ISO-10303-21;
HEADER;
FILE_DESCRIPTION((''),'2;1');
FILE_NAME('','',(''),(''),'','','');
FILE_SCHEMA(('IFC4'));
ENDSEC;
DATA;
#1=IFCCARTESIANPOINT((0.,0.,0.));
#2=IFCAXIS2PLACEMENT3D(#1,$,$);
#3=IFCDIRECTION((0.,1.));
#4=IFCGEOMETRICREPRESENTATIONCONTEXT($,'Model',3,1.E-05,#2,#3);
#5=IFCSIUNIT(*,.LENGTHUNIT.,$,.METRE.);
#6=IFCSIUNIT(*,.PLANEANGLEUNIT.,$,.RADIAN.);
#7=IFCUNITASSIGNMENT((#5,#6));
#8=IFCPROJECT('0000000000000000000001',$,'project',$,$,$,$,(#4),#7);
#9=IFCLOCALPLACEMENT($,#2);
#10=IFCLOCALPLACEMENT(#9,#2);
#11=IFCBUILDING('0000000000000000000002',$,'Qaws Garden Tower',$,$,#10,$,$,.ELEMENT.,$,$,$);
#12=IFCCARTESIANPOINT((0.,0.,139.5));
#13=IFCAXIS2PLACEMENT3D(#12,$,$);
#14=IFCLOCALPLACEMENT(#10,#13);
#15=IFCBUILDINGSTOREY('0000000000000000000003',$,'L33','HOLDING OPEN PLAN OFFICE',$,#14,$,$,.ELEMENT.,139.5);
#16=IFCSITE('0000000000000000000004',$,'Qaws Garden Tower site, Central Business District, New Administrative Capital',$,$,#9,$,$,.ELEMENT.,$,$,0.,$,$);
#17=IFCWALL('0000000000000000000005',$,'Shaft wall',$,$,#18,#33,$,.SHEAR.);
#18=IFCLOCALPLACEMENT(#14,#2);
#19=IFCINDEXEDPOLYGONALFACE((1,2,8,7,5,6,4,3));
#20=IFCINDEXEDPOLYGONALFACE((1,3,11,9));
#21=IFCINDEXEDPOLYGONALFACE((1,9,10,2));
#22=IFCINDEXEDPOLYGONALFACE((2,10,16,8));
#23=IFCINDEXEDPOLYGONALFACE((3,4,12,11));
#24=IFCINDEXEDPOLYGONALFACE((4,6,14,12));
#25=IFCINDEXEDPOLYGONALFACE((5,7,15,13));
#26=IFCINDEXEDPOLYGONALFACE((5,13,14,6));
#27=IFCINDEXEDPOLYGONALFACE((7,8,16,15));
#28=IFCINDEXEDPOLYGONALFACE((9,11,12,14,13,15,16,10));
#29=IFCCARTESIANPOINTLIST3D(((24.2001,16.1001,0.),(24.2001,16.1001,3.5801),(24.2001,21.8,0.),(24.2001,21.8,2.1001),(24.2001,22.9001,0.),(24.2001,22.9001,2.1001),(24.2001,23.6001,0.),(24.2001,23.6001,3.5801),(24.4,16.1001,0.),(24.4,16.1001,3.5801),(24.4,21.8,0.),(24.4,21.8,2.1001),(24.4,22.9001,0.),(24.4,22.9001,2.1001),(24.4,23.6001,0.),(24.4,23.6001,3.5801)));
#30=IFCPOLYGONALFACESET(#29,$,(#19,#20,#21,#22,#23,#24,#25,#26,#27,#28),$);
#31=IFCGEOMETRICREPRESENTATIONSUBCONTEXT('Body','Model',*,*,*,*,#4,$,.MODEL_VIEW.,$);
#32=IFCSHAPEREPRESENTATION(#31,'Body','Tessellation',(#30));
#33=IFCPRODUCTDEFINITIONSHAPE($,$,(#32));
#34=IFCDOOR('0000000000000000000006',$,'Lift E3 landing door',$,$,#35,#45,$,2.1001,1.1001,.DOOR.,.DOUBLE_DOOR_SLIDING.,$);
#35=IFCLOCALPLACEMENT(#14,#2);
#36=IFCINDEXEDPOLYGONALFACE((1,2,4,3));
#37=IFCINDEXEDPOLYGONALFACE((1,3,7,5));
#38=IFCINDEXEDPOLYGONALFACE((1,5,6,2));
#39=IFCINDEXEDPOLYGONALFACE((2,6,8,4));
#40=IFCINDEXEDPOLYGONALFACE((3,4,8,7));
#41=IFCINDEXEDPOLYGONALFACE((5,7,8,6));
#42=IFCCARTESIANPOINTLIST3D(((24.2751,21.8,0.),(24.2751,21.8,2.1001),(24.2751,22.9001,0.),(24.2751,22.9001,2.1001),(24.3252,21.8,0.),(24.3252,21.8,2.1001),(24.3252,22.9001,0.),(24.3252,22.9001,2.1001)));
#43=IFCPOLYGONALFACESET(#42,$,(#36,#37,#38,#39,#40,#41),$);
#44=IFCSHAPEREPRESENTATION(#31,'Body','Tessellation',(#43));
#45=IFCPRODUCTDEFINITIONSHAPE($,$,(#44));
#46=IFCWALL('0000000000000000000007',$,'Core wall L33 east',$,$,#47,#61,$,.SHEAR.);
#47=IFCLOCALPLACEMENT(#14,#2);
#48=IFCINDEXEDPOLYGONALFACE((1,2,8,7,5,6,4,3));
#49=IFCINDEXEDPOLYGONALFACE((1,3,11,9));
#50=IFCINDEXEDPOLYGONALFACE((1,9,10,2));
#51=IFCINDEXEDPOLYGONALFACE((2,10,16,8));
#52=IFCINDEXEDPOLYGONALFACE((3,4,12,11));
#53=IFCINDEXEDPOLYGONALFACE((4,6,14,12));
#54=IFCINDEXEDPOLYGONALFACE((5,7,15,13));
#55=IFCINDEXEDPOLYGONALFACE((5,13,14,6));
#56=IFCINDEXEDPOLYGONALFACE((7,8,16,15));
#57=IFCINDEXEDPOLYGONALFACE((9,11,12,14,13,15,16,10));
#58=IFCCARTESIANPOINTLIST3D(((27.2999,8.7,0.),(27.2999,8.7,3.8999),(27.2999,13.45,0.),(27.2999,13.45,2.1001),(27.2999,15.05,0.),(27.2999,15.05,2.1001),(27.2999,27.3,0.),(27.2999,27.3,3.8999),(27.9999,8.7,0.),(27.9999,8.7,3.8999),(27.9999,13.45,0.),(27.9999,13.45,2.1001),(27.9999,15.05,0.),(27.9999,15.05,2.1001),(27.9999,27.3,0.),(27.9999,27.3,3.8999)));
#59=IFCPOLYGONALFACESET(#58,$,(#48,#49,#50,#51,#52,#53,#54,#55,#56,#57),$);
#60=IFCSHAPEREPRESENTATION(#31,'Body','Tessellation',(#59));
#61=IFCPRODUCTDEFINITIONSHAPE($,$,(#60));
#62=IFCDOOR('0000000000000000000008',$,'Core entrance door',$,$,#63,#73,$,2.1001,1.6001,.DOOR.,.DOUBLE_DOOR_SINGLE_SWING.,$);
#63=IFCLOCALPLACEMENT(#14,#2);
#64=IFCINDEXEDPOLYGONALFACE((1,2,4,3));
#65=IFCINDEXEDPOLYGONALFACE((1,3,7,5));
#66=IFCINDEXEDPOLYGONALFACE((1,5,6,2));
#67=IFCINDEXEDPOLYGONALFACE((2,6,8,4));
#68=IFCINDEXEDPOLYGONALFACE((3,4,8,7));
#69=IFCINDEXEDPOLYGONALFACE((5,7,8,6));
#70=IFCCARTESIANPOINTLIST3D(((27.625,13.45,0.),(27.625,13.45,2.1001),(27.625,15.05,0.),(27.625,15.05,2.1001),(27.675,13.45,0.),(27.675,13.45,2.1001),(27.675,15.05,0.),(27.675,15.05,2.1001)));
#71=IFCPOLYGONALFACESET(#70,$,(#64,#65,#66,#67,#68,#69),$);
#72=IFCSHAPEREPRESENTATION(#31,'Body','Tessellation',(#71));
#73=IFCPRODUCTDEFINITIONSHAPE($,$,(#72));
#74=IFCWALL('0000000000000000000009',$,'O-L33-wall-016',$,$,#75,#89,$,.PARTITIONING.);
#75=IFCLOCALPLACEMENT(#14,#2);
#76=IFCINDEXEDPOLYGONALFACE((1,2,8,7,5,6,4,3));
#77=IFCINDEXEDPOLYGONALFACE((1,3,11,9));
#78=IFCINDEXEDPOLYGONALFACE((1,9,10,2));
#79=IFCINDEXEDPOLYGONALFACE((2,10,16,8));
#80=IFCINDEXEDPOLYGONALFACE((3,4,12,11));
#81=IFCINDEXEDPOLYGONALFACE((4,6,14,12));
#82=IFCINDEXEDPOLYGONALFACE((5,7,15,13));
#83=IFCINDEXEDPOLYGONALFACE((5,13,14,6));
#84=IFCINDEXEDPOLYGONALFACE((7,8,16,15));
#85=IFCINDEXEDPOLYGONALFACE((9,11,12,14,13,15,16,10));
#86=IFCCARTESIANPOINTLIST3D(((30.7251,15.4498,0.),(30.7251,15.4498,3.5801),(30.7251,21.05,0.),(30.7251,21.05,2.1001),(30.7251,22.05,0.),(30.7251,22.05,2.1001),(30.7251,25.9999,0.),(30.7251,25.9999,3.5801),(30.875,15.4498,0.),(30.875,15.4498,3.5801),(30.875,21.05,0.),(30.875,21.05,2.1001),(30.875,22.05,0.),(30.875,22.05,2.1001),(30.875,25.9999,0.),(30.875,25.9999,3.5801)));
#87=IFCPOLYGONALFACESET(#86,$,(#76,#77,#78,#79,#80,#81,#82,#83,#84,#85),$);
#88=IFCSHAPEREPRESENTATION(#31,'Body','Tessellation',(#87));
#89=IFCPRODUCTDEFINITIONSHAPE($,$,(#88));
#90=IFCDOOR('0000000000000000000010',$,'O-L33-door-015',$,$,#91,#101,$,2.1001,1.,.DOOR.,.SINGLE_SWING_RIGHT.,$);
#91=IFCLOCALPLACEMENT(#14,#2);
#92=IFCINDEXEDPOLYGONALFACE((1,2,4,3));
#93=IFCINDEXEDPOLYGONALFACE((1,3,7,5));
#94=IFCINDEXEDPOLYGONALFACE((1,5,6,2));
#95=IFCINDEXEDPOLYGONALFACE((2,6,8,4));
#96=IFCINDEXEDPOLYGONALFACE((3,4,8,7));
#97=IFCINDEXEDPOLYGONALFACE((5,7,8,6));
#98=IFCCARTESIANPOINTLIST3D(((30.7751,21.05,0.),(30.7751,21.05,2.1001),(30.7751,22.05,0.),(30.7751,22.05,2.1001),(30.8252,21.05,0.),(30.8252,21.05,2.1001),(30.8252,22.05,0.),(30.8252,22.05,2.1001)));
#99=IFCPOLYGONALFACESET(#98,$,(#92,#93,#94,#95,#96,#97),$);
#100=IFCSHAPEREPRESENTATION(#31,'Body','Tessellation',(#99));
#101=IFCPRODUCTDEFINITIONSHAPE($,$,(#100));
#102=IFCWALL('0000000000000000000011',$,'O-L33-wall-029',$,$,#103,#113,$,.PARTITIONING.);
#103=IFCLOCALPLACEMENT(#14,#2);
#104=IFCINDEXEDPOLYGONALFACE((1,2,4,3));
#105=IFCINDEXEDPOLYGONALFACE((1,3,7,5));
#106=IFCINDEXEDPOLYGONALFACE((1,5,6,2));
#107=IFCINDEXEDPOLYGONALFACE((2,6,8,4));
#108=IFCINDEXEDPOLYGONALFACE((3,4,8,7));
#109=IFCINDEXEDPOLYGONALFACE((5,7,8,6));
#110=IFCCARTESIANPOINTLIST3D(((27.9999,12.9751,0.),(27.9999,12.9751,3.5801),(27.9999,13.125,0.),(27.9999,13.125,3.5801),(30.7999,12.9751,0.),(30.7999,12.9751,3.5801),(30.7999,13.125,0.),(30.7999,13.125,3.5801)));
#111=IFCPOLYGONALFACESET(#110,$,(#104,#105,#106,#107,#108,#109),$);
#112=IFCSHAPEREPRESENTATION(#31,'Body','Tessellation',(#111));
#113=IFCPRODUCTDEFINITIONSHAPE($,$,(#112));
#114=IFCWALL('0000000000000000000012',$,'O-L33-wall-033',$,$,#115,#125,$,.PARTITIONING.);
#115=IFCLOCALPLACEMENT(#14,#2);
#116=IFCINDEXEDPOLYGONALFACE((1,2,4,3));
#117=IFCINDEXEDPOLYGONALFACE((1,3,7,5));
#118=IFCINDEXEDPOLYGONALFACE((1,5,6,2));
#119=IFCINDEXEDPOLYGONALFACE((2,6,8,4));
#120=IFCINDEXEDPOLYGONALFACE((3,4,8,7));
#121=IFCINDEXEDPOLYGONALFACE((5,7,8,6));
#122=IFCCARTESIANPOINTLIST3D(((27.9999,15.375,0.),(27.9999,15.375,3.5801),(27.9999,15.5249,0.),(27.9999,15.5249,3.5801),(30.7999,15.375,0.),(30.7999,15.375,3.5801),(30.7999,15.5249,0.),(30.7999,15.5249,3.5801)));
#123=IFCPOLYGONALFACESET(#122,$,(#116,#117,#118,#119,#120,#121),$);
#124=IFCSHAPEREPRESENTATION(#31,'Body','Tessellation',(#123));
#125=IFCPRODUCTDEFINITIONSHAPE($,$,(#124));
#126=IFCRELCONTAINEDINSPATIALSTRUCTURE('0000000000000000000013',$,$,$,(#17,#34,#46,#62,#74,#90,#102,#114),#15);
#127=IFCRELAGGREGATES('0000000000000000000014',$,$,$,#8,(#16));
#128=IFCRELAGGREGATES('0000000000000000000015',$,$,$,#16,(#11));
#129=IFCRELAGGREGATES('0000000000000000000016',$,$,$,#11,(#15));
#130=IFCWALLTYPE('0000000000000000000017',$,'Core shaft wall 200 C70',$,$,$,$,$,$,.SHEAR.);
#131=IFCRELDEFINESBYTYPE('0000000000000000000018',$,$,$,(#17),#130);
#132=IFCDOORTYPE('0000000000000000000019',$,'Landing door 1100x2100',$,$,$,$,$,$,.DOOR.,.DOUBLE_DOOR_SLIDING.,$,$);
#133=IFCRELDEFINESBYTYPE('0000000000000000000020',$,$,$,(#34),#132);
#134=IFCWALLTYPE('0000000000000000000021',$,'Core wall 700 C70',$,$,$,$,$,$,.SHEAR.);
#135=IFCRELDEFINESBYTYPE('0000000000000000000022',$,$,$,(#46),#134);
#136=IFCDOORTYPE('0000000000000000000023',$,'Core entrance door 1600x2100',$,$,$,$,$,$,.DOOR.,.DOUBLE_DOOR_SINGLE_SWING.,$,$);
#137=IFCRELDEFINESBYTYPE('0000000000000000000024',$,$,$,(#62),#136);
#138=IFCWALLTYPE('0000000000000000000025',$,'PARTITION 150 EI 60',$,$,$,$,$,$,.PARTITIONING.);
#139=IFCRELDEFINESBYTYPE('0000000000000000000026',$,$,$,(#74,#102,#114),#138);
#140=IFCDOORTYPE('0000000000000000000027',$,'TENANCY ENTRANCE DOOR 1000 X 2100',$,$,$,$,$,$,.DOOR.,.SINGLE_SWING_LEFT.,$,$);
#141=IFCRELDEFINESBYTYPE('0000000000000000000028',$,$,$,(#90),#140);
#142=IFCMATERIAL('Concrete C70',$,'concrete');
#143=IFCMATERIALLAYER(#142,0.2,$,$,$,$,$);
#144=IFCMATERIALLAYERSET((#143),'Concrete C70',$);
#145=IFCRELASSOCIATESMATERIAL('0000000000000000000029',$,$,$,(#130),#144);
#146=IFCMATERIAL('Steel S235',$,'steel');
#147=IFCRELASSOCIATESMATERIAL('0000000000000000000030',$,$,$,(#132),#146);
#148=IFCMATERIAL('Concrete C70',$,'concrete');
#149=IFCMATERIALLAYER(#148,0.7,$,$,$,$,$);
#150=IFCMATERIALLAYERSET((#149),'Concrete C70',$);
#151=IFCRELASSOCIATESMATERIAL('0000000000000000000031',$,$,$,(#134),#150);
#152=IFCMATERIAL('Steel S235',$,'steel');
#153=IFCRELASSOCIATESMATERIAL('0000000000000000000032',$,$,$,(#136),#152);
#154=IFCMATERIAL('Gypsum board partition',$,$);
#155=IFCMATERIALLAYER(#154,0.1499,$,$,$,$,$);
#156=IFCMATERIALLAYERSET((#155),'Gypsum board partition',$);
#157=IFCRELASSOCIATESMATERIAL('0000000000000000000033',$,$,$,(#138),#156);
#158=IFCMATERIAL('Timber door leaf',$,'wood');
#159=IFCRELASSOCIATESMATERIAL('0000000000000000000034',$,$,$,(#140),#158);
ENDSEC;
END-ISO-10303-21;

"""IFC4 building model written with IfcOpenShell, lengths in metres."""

from ifc_helpers import new_model, si_unit, direction, frame, frame_2d, origin, place, context, subcontext, project, spatial, rectangle, extrude, material, layer, layer_set, type_object, element, fill, save


model = new_model("IFC4")

# Units and contexts
model_context = context("Model", 3, precision=1e-05, world=origin(), true_north=direction((0.0, 1.0)))
body_context = subcontext(model_context, "Body", "Model", "MODEL_VIEW")
ifc_project = project(units=[si_unit("LENGTHUNIT", "METRE"), si_unit("PLANEANGLEUNIT", "RADIAN")], contexts=[model_context])

# Site, building, storey
site_placement = place(None, origin())
site = spatial("IfcSite", under=ifc_project, at=site_placement, Name="Qaws Garden Tower site, Central Business District, New Administrative Capital", CompositionType="ELEMENT", RefElevation=0.0)
building_placement = place(site_placement, origin())
building = spatial("IfcBuilding", under=site, at=building_placement, Name="Qaws Garden Tower", CompositionType="ELEMENT")
storey_placement = place(building_placement, frame((0.0, 0.0, 139.5)))
storey = spatial("IfcBuildingStorey", under=building, at=storey_placement, Name="L33", Description="HOLDING OPEN PLAN OFFICE", CompositionType="ELEMENT", Elevation=139.5)

# Shared definitions
ifc_material_1 = material(Name="Concrete C70", Category="concrete")
ifc_layer_1 = layer(ifc_material_1, 0.2)
ifc_layer_set_1 = layer_set([ifc_layer_1], Name="Concrete C70")
wall_type_1 = type_object("IfcWallType", Name="Core shaft wall 200 C70", PredefinedType="SHEAR", material=ifc_layer_set_1)
ifc_material_2 = material(Name="Steel S235", Category="steel")
door_type_1 = type_object("IfcDoorType", Name="Landing door 1100x2100", OperationType="DOUBLE_DOOR_SLIDING", PredefinedType="DOOR", material=ifc_material_2)

# Walls, openings, doors
wall_1_placement = place(storey_placement, frame((24.3, 16.1001, 0.0), z_axis=(0.0, 0.0, 1.0), x_axis=(0.0, 1.0, 0.0)))
wall_1 = element("IfcWall", 1, at=wall_1_placement, inside=storey, type_object=wall_type_1, Name="Shaft wall", PredefinedType="SHEAR", context=body_context, shape_type="SweptSolid", body=[
    extrude(rectangle(XDim=7.5, YDim=0.2, at=frame_2d((3.75, 0.0))), origin(), (0.0, 0.0, 1.0), 3.5801),
])
opening_1_placement = place(wall_1_placement, frame((5.7, 0.0, 0.0)))
opening_1 = element("IfcOpeningElement", 2, at=opening_1_placement, cuts=wall_1, PredefinedType="OPENING", context=body_context, shape_type="SweptSolid", body=[
    extrude(rectangle(XDim=1.1001, YDim=2.1001, at=frame_2d((0.55, 1.05))), frame((0.0, 0.1099, 0.0), z_axis=(0.0, -1.0, 0.0), x_axis=(1.0, 0.0, 0.0)), (0.0, 0.0, 1.0), 0.22),
])
door_1_placement = place(opening_1_placement, origin())
door_1 = element("IfcDoor", 3, at=door_1_placement, inside=storey, type_object=door_type_1, Name="Lift E3 landing door", OperationType="DOUBLE_DOOR_SLIDING", OverallHeight=2.1001, OverallWidth=1.1001, PredefinedType="DOOR", context=body_context, shape_type="SweptSolid", body=[
    extrude(rectangle(XDim=1.1001, YDim=2.1001, at=frame_2d((0.55, 1.05))), frame((0.0, 0.0249, 0.0), z_axis=(0.0, -1.0, 0.0), x_axis=(1.0, 0.0, 0.0)), (0.0, 0.0, 1.0), 0.05),
])
fill(opening_1, door_1)
ifc_material_3 = material(Name="Concrete C70", Category="concrete")
ifc_layer_2 = layer(ifc_material_3, 0.7)
ifc_layer_set_2 = layer_set([ifc_layer_2], Name="Concrete C70")
wall_type_2 = type_object("IfcWallType", Name="Core wall 700 C70", PredefinedType="SHEAR", material=ifc_layer_set_2)
wall_2_placement = place(storey_placement, frame((27.6499, 8.7, 0.0), z_axis=(0.0, 0.0, 1.0), x_axis=(0.0, 1.0, 0.0)))
wall_2 = element("IfcWall", 4, at=wall_2_placement, inside=storey, type_object=wall_type_2, Name="Core wall L33 east", PredefinedType="SHEAR", context=body_context, shape_type="SweptSolid", body=[
    extrude(rectangle(XDim=18.6001, YDim=0.7, at=frame_2d((9.3, 0.0))), origin(), (0.0, 0.0, 1.0), 3.8999),
])
opening_2_placement = place(wall_2_placement, frame((4.75, 0.0, 0.0)))
opening_2 = element("IfcOpeningElement", 5, at=opening_2_placement, cuts=wall_2, PredefinedType="OPENING", context=body_context, shape_type="SweptSolid", body=[
    extrude(rectangle(XDim=1.6001, YDim=2.1001, at=frame_2d((0.8, 1.05))), frame((0.0, 0.3599, 0.0), z_axis=(0.0, -1.0, 0.0), x_axis=(1.0, 0.0, 0.0)), (0.0, 0.0, 1.0), 0.72),
])
ifc_material_4 = material(Name="Steel S235", Category="steel")
door_type_2 = type_object("IfcDoorType", Name="Core entrance door 1600x2100", OperationType="DOUBLE_DOOR_SINGLE_SWING", PredefinedType="DOOR", material=ifc_material_4)
door_2_placement = place(opening_2_placement, origin())
door_2 = element("IfcDoor", 6, at=door_2_placement, inside=storey, type_object=door_type_2, Name="Core entrance door", OperationType="DOUBLE_DOOR_SINGLE_SWING", OverallHeight=2.1001, OverallWidth=1.6001, PredefinedType="DOOR", context=body_context, shape_type="SweptSolid", body=[
    extrude(rectangle(XDim=1.6001, YDim=2.1001, at=frame_2d((0.8, 1.05))), frame((0.0, 0.0249, 0.0), z_axis=(0.0, -1.0, 0.0), x_axis=(1.0, 0.0, 0.0)), (0.0, 0.0, 1.0), 0.05),
])
fill(opening_2, door_2)
ifc_material_5 = material(Name="Gypsum board partition")
ifc_layer_3 = layer(ifc_material_5, 0.1499)
ifc_layer_set_3 = layer_set([ifc_layer_3], Name="Gypsum board partition")
wall_type_3 = type_object("IfcWallType", Name="PARTITION 150 EI 60", PredefinedType="PARTITIONING", material=ifc_layer_set_3)
wall_3_placement = place(storey_placement, frame((30.8, 15.45, 0.0), z_axis=(0.0, 0.0, 1.0), x_axis=(0.0, 1.0, 0.0)))
wall_3 = element("IfcWall", 7, at=wall_3_placement, inside=storey, type_object=wall_type_3, Name="O-L33-wall-016", PredefinedType="PARTITIONING", context=body_context, shape_type="SweptSolid", body=[
    extrude(rectangle(XDim=10.55, YDim=0.1499, at=frame_2d((5.2749, 0.0))), origin(), (0.0, 0.0, 1.0), 3.5801),
])
opening_3_placement = place(wall_3_placement, frame((5.6001, 0.0, 0.0)))
opening_3 = element("IfcOpeningElement", 8, at=opening_3_placement, cuts=wall_3, PredefinedType="OPENING", context=body_context, shape_type="SweptSolid", body=[
    extrude(rectangle(XDim=1.0, YDim=2.1001, at=frame_2d((0.5, 1.05))), frame((0.0, 0.085, 0.0), z_axis=(0.0, -1.0, 0.0), x_axis=(1.0, 0.0, 0.0)), (0.0, 0.0, 1.0), 0.1699),
])
ifc_material_6 = material(Name="Timber door leaf", Category="wood")
door_type_3 = type_object("IfcDoorType", Name="TENANCY ENTRANCE DOOR 1000 X 2100", OperationType="SINGLE_SWING_LEFT", PredefinedType="DOOR", material=ifc_material_6)
door_3_placement = place(opening_3_placement, origin())
door_3 = element("IfcDoor", 9, at=door_3_placement, inside=storey, type_object=door_type_3, Name="O-L33-door-015", OperationType="SINGLE_SWING_RIGHT", OverallHeight=2.1001, OverallWidth=1.0, PredefinedType="DOOR", context=body_context, shape_type="SweptSolid", body=[
    extrude(rectangle(XDim=1.0, YDim=2.1001, at=frame_2d((0.5, 1.05))), frame((0.0, 0.0249, 0.0), z_axis=(0.0, -1.0, 0.0), x_axis=(1.0, 0.0, 0.0)), (0.0, 0.0, 1.0), 0.05),
])
fill(opening_3, door_3)

# Walls
for number, where, z_axis, x_axis, name in (
    (10, (28.0, 13.05, 0.0), (0.0, 0.0, 1.0), (1.0, 0.0, 0.0), "O-L33-wall-029"),
    (11, (28.0, 15.45, 0.0), (0.0, 0.0, 1.0), (1.0, 0.0, 0.0), "O-L33-wall-033"),
):
    element("IfcWall", number, at=place(storey_placement, frame(where, z_axis=z_axis, x_axis=x_axis)), inside=storey, type_object=wall_type_3, Name=name, PredefinedType="PARTITIONING", context=body_context, shape_type="SweptSolid", body=[
        extrude(rectangle(XDim=2.8, YDim=0.1499, at=frame_2d((1.3999, 0.0))), origin(), (0.0, 0.0, 1.0), 3.5801),
    ])

save(model, "model.ifc")
